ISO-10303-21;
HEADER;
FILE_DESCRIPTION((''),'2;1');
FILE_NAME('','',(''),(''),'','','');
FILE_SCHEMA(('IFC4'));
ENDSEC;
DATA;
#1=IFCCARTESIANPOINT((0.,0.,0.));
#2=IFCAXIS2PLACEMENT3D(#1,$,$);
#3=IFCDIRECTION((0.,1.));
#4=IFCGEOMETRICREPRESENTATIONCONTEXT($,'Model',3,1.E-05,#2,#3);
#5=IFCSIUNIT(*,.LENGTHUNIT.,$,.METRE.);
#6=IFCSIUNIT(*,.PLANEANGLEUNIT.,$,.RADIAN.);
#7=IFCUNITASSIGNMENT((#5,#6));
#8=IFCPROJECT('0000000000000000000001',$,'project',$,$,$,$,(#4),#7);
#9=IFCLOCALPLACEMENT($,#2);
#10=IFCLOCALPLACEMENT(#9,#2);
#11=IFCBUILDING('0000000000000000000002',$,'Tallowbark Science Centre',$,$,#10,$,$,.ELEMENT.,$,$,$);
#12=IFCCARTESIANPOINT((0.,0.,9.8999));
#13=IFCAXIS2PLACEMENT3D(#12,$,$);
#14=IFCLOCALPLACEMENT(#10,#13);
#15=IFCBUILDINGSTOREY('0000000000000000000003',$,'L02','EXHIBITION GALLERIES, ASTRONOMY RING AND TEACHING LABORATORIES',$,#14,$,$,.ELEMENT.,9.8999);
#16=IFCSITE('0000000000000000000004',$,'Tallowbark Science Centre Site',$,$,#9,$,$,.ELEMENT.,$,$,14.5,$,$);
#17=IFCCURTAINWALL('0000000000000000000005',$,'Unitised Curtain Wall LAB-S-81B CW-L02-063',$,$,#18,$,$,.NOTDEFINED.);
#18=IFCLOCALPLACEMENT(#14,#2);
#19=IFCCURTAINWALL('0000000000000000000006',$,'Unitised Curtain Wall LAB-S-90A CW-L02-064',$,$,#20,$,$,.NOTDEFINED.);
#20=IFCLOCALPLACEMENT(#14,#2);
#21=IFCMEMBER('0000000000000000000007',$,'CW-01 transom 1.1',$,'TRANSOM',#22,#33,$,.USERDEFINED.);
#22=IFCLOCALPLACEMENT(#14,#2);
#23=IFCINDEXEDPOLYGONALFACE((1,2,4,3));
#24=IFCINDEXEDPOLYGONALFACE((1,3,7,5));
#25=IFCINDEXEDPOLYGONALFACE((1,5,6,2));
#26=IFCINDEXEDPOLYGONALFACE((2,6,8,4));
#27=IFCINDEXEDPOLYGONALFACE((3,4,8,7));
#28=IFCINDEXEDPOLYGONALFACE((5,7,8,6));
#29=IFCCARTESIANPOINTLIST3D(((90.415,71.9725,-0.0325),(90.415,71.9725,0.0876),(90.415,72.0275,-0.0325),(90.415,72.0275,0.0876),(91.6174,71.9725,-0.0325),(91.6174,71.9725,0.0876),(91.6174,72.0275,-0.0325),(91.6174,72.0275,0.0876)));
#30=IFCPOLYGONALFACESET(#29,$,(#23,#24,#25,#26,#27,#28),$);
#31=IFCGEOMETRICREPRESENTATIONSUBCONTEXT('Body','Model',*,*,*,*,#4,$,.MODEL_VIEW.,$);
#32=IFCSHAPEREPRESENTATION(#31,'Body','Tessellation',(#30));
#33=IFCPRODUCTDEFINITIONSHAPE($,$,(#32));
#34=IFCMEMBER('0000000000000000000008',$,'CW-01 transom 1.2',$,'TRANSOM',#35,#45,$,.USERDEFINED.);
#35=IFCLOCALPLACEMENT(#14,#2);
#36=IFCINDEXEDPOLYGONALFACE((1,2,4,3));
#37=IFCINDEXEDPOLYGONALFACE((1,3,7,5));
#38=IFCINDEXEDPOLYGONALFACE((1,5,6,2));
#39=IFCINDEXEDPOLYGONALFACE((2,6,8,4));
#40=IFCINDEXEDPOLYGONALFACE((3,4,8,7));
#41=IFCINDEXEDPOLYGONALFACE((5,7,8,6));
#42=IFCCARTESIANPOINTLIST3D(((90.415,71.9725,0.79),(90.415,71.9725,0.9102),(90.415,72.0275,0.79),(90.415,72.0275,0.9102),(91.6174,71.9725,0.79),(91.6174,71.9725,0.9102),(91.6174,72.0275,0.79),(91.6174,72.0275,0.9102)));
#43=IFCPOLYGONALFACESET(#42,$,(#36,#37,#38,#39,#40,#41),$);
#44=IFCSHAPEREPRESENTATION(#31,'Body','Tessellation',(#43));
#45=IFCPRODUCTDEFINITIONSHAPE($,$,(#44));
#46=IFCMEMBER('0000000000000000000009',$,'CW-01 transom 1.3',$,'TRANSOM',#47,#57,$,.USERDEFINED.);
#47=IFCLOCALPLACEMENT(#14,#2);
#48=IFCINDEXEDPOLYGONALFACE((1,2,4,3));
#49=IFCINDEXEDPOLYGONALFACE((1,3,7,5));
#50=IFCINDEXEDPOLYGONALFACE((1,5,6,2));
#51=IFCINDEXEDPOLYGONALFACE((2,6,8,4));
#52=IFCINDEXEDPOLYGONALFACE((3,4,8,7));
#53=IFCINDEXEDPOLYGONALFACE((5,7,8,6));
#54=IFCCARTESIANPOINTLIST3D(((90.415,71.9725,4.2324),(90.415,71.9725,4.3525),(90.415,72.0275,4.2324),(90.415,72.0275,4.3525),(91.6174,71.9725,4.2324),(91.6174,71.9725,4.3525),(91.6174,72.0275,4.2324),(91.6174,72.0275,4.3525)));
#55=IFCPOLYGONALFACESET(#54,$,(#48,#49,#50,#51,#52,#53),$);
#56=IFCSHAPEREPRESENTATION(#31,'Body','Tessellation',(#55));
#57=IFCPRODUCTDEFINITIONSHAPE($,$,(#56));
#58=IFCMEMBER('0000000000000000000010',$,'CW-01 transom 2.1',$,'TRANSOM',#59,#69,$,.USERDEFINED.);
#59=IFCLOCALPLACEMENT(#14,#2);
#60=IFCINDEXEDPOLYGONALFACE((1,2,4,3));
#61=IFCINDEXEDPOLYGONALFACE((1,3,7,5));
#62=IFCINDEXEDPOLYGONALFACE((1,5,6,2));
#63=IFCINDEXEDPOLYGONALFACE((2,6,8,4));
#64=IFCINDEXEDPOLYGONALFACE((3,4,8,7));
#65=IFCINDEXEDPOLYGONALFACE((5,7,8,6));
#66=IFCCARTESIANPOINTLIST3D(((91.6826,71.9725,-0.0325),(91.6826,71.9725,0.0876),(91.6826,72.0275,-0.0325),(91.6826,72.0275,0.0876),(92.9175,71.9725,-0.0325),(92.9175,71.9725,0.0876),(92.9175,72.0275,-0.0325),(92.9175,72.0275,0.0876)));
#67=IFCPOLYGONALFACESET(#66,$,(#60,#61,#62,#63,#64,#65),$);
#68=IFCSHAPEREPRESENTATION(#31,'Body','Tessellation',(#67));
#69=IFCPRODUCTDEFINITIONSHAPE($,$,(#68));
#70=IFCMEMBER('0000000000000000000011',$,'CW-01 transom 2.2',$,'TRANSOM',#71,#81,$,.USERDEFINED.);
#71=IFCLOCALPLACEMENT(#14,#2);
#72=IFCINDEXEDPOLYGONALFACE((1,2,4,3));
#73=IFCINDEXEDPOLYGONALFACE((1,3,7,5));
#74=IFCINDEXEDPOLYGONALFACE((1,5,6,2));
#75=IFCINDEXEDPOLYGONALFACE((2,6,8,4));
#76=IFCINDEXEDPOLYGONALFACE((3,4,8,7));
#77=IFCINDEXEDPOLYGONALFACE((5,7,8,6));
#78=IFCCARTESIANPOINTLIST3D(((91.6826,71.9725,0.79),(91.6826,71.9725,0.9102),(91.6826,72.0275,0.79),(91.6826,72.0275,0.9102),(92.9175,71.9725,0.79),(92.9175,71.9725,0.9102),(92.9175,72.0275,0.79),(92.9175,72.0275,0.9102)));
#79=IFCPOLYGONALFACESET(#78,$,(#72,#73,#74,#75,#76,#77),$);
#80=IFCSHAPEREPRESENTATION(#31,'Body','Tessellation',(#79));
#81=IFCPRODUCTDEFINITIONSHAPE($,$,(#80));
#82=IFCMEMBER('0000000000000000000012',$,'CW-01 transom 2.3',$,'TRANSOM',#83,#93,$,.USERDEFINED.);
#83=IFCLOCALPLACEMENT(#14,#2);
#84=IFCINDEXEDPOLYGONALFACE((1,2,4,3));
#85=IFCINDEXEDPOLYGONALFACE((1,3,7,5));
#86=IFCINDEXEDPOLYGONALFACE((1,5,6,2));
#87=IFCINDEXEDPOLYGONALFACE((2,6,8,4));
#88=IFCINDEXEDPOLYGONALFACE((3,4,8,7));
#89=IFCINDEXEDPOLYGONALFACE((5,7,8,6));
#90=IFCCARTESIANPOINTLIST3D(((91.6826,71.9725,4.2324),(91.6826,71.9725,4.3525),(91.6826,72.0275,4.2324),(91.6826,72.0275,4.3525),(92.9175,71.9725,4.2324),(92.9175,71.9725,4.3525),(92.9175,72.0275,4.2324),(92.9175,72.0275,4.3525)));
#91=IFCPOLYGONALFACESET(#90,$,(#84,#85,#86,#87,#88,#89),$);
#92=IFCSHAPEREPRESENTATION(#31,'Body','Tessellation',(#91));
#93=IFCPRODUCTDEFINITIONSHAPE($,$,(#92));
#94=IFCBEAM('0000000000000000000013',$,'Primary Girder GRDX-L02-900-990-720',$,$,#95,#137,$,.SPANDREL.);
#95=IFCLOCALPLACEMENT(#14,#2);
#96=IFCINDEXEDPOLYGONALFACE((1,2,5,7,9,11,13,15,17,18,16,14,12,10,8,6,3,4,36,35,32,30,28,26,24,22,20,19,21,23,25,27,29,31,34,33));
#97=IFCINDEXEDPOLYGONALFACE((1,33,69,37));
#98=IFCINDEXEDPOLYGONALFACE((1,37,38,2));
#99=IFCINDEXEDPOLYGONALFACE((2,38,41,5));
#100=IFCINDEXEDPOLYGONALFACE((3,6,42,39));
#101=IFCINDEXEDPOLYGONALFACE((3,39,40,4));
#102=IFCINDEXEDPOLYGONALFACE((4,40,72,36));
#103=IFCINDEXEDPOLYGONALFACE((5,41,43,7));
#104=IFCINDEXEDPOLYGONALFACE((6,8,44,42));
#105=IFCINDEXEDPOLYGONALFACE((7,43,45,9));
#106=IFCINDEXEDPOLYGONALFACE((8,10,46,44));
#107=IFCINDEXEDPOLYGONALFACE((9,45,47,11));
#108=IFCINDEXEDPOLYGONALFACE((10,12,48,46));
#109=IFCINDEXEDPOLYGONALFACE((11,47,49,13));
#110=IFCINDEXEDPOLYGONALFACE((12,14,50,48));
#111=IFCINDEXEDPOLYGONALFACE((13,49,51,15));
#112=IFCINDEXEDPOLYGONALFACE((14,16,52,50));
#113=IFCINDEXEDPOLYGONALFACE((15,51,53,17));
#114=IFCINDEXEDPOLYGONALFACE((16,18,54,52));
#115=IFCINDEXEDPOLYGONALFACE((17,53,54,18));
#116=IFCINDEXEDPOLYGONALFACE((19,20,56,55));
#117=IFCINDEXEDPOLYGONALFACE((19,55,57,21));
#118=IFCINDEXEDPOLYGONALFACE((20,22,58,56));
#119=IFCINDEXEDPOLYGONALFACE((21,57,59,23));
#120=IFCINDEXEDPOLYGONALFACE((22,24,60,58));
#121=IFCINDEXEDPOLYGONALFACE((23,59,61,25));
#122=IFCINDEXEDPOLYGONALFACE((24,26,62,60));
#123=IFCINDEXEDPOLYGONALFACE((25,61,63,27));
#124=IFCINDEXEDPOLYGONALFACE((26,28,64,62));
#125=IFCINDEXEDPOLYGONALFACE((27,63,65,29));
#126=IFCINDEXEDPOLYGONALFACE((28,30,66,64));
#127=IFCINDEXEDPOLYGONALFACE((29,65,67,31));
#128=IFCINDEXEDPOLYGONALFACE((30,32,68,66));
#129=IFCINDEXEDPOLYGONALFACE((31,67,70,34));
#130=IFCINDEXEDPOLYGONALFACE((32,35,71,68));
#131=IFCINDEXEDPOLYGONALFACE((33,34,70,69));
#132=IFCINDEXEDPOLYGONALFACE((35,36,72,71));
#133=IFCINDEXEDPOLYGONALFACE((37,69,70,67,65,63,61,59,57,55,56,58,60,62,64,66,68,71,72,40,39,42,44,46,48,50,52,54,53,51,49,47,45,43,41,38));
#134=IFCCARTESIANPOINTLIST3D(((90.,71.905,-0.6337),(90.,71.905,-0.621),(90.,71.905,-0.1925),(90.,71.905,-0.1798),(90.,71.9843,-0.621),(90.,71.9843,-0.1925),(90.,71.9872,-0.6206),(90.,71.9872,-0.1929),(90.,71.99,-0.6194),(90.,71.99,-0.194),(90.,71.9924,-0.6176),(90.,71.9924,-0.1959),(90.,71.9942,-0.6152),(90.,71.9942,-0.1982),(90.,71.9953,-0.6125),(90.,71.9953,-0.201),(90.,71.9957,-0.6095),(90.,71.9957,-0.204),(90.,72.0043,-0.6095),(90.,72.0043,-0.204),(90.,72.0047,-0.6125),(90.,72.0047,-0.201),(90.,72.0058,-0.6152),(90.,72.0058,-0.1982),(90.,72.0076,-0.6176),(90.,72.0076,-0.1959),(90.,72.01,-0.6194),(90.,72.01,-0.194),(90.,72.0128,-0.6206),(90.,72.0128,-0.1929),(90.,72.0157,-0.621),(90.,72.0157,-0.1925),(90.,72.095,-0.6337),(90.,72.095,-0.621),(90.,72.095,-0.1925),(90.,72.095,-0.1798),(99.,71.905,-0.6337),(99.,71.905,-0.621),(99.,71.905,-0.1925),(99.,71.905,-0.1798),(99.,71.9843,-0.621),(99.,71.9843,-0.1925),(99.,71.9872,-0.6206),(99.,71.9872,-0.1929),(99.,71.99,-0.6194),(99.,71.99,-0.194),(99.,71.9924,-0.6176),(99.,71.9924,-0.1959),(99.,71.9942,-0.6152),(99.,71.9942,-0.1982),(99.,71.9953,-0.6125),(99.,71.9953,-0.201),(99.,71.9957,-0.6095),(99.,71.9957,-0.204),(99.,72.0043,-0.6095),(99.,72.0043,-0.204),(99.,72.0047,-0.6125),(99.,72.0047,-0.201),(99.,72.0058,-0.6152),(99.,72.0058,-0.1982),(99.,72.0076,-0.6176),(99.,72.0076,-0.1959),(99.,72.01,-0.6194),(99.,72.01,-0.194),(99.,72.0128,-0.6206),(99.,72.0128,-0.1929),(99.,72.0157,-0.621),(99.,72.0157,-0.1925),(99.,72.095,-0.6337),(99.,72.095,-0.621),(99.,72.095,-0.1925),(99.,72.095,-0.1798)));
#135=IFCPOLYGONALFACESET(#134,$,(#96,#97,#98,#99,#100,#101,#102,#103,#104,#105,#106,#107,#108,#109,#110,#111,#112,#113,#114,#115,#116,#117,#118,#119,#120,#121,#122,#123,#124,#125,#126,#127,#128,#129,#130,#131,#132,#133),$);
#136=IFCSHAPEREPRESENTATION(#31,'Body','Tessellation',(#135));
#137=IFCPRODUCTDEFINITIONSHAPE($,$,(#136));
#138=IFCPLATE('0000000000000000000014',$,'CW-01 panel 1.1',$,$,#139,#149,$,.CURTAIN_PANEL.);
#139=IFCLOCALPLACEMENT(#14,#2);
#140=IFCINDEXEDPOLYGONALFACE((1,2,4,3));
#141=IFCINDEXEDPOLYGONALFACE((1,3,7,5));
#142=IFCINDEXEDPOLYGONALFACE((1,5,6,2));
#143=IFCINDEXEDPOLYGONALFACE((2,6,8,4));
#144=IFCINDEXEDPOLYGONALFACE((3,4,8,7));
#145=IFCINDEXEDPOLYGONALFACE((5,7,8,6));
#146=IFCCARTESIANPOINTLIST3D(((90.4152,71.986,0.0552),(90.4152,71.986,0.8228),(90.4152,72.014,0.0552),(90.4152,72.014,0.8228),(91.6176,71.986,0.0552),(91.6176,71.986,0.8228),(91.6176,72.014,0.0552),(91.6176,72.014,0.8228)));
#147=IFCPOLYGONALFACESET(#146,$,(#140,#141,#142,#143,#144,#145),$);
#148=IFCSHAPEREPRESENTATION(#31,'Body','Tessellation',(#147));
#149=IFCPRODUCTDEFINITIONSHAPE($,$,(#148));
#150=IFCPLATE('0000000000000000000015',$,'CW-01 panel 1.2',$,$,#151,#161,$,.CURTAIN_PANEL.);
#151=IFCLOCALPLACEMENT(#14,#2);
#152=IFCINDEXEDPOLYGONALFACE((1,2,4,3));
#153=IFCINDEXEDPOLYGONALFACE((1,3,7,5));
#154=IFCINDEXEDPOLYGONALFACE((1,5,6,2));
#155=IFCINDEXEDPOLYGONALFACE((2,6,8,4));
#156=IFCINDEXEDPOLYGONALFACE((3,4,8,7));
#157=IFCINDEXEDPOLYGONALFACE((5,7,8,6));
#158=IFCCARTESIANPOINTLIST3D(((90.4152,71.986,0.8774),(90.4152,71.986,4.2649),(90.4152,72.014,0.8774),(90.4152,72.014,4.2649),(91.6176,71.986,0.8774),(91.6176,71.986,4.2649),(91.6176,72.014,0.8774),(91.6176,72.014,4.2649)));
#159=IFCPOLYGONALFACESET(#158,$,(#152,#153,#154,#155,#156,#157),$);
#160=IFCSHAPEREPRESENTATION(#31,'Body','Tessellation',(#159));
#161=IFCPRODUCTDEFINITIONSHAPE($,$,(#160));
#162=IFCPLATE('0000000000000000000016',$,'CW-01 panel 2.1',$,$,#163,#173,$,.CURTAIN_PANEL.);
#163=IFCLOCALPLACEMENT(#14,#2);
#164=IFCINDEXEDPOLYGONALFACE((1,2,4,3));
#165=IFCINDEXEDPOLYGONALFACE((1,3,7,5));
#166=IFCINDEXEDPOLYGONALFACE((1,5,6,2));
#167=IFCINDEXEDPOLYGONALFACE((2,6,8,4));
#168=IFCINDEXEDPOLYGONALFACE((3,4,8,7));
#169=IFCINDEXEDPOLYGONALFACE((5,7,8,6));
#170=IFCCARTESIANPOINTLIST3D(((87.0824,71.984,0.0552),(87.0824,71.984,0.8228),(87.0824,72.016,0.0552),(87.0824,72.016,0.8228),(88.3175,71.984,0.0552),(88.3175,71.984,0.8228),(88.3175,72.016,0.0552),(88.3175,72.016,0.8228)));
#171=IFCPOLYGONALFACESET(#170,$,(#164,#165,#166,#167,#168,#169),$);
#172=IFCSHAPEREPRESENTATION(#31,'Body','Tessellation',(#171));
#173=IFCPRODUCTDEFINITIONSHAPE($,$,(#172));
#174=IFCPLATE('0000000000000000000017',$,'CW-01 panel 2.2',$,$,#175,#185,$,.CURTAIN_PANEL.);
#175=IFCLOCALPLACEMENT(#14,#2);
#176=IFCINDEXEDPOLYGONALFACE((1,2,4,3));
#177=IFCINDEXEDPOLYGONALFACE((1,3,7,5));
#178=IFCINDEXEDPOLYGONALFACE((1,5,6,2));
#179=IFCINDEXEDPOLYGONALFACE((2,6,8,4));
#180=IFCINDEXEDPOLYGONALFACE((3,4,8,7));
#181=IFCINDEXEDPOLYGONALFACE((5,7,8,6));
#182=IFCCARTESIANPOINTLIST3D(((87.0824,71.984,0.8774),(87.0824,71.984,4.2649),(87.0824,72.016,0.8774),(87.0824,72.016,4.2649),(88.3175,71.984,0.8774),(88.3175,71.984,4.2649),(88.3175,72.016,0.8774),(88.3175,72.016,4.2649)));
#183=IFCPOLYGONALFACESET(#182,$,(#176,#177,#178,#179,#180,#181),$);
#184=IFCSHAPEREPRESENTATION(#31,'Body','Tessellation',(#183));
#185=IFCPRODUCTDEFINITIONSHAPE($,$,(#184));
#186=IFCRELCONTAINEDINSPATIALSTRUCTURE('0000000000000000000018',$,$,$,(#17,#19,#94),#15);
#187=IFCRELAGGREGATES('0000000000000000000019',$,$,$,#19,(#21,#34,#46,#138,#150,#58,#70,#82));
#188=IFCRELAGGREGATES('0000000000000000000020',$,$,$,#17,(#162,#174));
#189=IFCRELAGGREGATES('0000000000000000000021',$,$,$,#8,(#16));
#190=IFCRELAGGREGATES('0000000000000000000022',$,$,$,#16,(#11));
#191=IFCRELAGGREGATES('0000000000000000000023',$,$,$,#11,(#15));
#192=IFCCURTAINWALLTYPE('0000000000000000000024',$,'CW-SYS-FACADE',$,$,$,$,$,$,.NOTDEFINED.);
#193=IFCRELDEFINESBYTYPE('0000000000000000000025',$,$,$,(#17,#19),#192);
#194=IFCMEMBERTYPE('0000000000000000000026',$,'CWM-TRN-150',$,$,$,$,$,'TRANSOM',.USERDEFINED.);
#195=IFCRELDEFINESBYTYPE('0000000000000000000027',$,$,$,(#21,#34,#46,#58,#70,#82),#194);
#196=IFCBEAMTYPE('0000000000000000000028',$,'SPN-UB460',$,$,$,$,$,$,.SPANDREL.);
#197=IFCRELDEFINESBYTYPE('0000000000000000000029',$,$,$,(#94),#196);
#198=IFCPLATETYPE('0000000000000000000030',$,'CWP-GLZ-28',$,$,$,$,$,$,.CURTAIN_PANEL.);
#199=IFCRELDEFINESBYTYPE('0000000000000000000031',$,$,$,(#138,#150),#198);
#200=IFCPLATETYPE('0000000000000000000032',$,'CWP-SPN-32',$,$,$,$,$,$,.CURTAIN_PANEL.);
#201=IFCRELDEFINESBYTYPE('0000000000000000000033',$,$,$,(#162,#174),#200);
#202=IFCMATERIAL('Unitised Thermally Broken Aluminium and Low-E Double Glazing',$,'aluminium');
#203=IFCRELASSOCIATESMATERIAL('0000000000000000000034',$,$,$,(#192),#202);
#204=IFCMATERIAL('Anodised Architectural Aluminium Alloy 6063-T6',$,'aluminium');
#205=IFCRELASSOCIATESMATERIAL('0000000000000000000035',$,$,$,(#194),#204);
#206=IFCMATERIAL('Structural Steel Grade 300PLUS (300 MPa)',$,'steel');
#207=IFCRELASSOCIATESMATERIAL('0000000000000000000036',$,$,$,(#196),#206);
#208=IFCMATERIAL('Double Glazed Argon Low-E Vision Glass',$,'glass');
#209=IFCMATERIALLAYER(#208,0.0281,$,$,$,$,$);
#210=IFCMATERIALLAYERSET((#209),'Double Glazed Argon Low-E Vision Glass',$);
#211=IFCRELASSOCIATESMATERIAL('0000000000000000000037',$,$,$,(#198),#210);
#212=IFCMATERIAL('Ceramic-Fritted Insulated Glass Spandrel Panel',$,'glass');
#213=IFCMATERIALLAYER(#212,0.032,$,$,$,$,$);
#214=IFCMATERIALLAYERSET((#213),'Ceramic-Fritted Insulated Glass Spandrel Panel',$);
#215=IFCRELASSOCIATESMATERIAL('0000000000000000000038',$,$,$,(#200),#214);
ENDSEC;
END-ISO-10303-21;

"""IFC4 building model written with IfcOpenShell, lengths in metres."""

from ifc_helpers import new_model, si_unit, direction, frame, origin, origin_2d, place, context, subcontext, project, spatial, rectangle, i_section, extrude, material, layer, layer_set, material_profile, profile_set, type_object, element, aggregate, save


model = new_model("IFC4")

# Units and contexts
model_context = context("Model", 3, precision=1e-05, world=origin(), true_north=direction((0.0, 1.0)))
body_context = subcontext(model_context, "Body", "Model", "MODEL_VIEW")
ifc_project = project(units=[si_unit("LENGTHUNIT", "METRE"), si_unit("PLANEANGLEUNIT", "RADIAN")], contexts=[model_context])

# Site, building, storey
site_placement = place(None, origin())
site = spatial("IfcSite", under=ifc_project, at=site_placement, Name="Tallowbark Science Centre Site", CompositionType="ELEMENT", RefElevation=14.5)
building_placement = place(site_placement, origin())
building = spatial("IfcBuilding", under=site, at=building_placement, Name="Tallowbark Science Centre", CompositionType="ELEMENT")
storey_placement = place(building_placement, frame((0.0, 0.0, 9.8999)))
storey = spatial("IfcBuildingStorey", under=building, at=storey_placement, Name="L02", Description="EXHIBITION GALLERIES, ASTRONOMY RING AND TEACHING LABORATORIES", CompositionType="ELEMENT", Elevation=9.8999)

# Shared definitions
ifc_material_1 = material(Name="Structural Steel Grade 300PLUS (300 MPa)", Category="steel")

# Curtain walls
ifc_material_2 = material(Name="Unitised Thermally Broken Aluminium and Low-E Double Glazing", Category="aluminium")
curtain_wall_type = type_object("IfcCurtainWallType", Name="CW-SYS-FACADE", PredefinedType="NOTDEFINED", material=ifc_material_2)
curtain_wall_1_placement = place(storey_placement, origin())
curtain_wall_1 = element("IfcCurtainWall", 1, at=curtain_wall_1_placement, inside=storey, type_object=curtain_wall_type, Name="Unitised Curtain Wall LAB-S-81B CW-L02-063", PredefinedType="NOTDEFINED")
ifc_material_3 = material(Name="Anodised Architectural Aluminium Alloy 6063-T6", Category="aluminium")
curtain_wall_2_placement = place(storey_placement, origin())
curtain_wall_2 = element("IfcCurtainWall", 2, at=curtain_wall_2_placement, inside=storey, type_object=curtain_wall_type, Name="Unitised Curtain Wall LAB-S-90A CW-L02-064", PredefinedType="NOTDEFINED")

# Members
ifc_material_profile_1 = material_profile(ifc_material_3, rectangle(XDim=0.0549, YDim=0.1201, at=origin_2d()), Name="ALU55x120")
ifc_profile_set_1 = profile_set([ifc_material_profile_1], Name="Anodised Architectural Aluminium Alloy 6063-T6")
member_type_1 = type_object("IfcMemberType", Name="CWM-TRN-150", ElementType="TRANSOM", PredefinedType="USERDEFINED", material=ifc_profile_set_1)
member_1_placement = place(storey_placement, frame((90.415, 72.0, 0.0276), z_axis=(1.0, 0.0, 0.0), x_axis=(0.0, 1.0, 0.0)))
member_1 = element("IfcMember", 3, at=member_1_placement, type_object=member_type_1, Name="CW-01 transom 1.1", ObjectType="TRANSOM", PredefinedType="USERDEFINED", context=body_context, shape_type="SweptSolid", body=[
    extrude(rectangle(XDim=0.0549, YDim=0.1201, at=origin_2d()), origin(), (0.0, 0.0, 1.0), 1.2024),
])
member_2_placement = place(storey_placement, frame((90.415, 72.0, 0.8501), z_axis=(1.0, 0.0, 0.0), x_axis=(0.0, 1.0, 0.0)))
member_2 = element("IfcMember", 4, at=member_2_placement, type_object=member_type_1, Name="CW-01 transom 1.2", ObjectType="TRANSOM", PredefinedType="USERDEFINED", context=body_context, shape_type="SweptSolid", body=[
    extrude(rectangle(XDim=0.0549, YDim=0.1201, at=origin_2d()), origin(), (0.0, 0.0, 1.0), 1.2024),
])
member_3_placement = place(storey_placement, frame((90.415, 72.0, 4.2925), z_axis=(1.0, 0.0, 0.0), x_axis=(0.0, 1.0, 0.0)))
member_3 = element("IfcMember", 5, at=member_3_placement, type_object=member_type_1, Name="CW-01 transom 1.3", ObjectType="TRANSOM", PredefinedType="USERDEFINED", context=body_context, shape_type="SweptSolid", body=[
    extrude(rectangle(XDim=0.0549, YDim=0.1201, at=origin_2d()), origin(), (0.0, 0.0, 1.0), 1.2024),
])
member_4_placement = place(storey_placement, frame((91.6826, 72.0, 0.0276), z_axis=(1.0, 0.0, 0.0), x_axis=(0.0, 1.0, 0.0)))
member_4 = element("IfcMember", 6, at=member_4_placement, type_object=member_type_1, Name="CW-01 transom 2.1", ObjectType="TRANSOM", PredefinedType="USERDEFINED", context=body_context, shape_type="SweptSolid", body=[
    extrude(rectangle(XDim=0.0549, YDim=0.1201, at=origin_2d()), origin(), (0.0, 0.0, 1.0), 1.2349),
])
member_5_placement = place(storey_placement, frame((91.6826, 72.0, 0.8501), z_axis=(1.0, 0.0, 0.0), x_axis=(0.0, 1.0, 0.0)))
member_5 = element("IfcMember", 7, at=member_5_placement, type_object=member_type_1, Name="CW-01 transom 2.2", ObjectType="TRANSOM", PredefinedType="USERDEFINED", context=body_context, shape_type="SweptSolid", body=[
    extrude(rectangle(XDim=0.0549, YDim=0.1201, at=origin_2d()), origin(), (0.0, 0.0, 1.0), 1.2349),
])
member_6_placement = place(storey_placement, frame((91.6826, 72.0, 4.2925), z_axis=(1.0, 0.0, 0.0), x_axis=(0.0, 1.0, 0.0)))
member_6 = element("IfcMember", 8, at=member_6_placement, type_object=member_type_1, Name="CW-01 transom 2.3", ObjectType="TRANSOM", PredefinedType="USERDEFINED", context=body_context, shape_type="SweptSolid", body=[
    extrude(rectangle(XDim=0.0549, YDim=0.1201, at=origin_2d()), origin(), (0.0, 0.0, 1.0), 1.2349),
])

# Beam
ifc_material_profile_2 = material_profile(ifc_material_1, i_section(OverallWidth=0.1899, OverallDepth=0.4539, WebThickness=0.0085, FlangeThickness=0.0127, FilletRadius=0.0115, at=origin_2d()), Name="460UB67.1")
ifc_profile_set_2 = profile_set([ifc_material_profile_2], Name="Structural Steel Grade 300PLUS (300 MPa)")
beam_type_1 = type_object("IfcBeamType", Name="SPN-UB460", PredefinedType="SPANDREL", material=ifc_profile_set_2)
beam_1_placement = place(storey_placement, frame((90.0, 72.0, -0.4067), z_axis=(1.0, 0.0, 0.0), x_axis=(0.0, 1.0, 0.0)))
element("IfcBeam", 9, at=beam_1_placement, inside=storey, type_object=beam_type_1, Name="Primary Girder GRDX-L02-900-990-720", PredefinedType="SPANDREL", context=body_context, shape_type="SweptSolid", body=[
    extrude(i_section(OverallWidth=0.1899, OverallDepth=0.4539, WebThickness=0.0085, FlangeThickness=0.0127, FilletRadius=0.0115, at=origin_2d()), origin(), (0.0, 0.0, 1.0), 9.0),
])

# Plates
ifc_material_4 = material(Name="Double Glazed Argon Low-E Vision Glass", Category="glass")
ifc_layer_1 = layer(ifc_material_4, 0.0281)
ifc_layer_set_1 = layer_set([ifc_layer_1], Name="Double Glazed Argon Low-E Vision Glass")
plate_type_1 = type_object("IfcPlateType", Name="CWP-GLZ-28", PredefinedType="CURTAIN_PANEL", material=ifc_layer_set_1)
plate_1_placement = place(storey_placement, frame((91.0164, 72.0, 0.0552), z_axis=(0.0, 0.0, 1.0), x_axis=(1.0, 0.0, 0.0)))
plate_1 = element("IfcPlate", 10, at=plate_1_placement, type_object=plate_type_1, Name="CW-01 panel 1.1", PredefinedType="CURTAIN_PANEL", context=body_context, shape_type="SweptSolid", body=[
    extrude(rectangle(XDim=1.2024, YDim=0.0281, at=origin_2d()), origin(), (0.0, 0.0, 1.0), 0.7676),
])
plate_2_placement = place(storey_placement, frame((91.0164, 72.0, 0.8774), z_axis=(0.0, 0.0, 1.0), x_axis=(1.0, 0.0, 0.0)))
plate_2 = element("IfcPlate", 11, at=plate_2_placement, type_object=plate_type_1, Name="CW-01 panel 1.2", PredefinedType="CURTAIN_PANEL", context=body_context, shape_type="SweptSolid", body=[
    extrude(rectangle(XDim=1.2024, YDim=0.0281, at=origin_2d()), origin(), (0.0, 0.0, 1.0), 3.3875),
])
aggregate(curtain_wall_2, [member_1, member_2, member_3, plate_1, plate_2, member_4, member_5, member_6])
ifc_material_5 = material(Name="Ceramic-Fritted Insulated Glass Spandrel Panel", Category="glass")
ifc_layer_2 = layer(ifc_material_5, 0.032)
ifc_layer_set_2 = layer_set([ifc_layer_2], Name="Ceramic-Fritted Insulated Glass Spandrel Panel")
plate_type_2 = type_object("IfcPlateType", Name="CWP-SPN-32", PredefinedType="CURTAIN_PANEL", material=ifc_layer_set_2)
plate_3_placement = place(storey_placement, frame((87.7, 72.0, 0.0552), z_axis=(0.0, 0.0, 1.0), x_axis=(1.0, 0.0, 0.0)))
plate_3 = element("IfcPlate", 12, at=plate_3_placement, type_object=plate_type_2, Name="CW-01 panel 2.1", PredefinedType="CURTAIN_PANEL", context=body_context, shape_type="SweptSolid", body=[
    extrude(rectangle(XDim=1.2351, YDim=0.032, at=origin_2d()), origin(), (0.0, 0.0, 1.0), 0.7676),
])
plate_4_placement = place(storey_placement, frame((87.7, 72.0, 0.8774), z_axis=(0.0, 0.0, 1.0), x_axis=(1.0, 0.0, 0.0)))
plate_4 = element("IfcPlate", 13, at=plate_4_placement, type_object=plate_type_2, Name="CW-01 panel 2.2", PredefinedType="CURTAIN_PANEL", context=body_context, shape_type="SweptSolid", body=[
    extrude(rectangle(XDim=1.2351, YDim=0.032, at=origin_2d()), origin(), (0.0, 0.0, 1.0), 3.3875),
])
aggregate(curtain_wall_1, [plate_3, plate_4])

save(model, "model.ifc")
